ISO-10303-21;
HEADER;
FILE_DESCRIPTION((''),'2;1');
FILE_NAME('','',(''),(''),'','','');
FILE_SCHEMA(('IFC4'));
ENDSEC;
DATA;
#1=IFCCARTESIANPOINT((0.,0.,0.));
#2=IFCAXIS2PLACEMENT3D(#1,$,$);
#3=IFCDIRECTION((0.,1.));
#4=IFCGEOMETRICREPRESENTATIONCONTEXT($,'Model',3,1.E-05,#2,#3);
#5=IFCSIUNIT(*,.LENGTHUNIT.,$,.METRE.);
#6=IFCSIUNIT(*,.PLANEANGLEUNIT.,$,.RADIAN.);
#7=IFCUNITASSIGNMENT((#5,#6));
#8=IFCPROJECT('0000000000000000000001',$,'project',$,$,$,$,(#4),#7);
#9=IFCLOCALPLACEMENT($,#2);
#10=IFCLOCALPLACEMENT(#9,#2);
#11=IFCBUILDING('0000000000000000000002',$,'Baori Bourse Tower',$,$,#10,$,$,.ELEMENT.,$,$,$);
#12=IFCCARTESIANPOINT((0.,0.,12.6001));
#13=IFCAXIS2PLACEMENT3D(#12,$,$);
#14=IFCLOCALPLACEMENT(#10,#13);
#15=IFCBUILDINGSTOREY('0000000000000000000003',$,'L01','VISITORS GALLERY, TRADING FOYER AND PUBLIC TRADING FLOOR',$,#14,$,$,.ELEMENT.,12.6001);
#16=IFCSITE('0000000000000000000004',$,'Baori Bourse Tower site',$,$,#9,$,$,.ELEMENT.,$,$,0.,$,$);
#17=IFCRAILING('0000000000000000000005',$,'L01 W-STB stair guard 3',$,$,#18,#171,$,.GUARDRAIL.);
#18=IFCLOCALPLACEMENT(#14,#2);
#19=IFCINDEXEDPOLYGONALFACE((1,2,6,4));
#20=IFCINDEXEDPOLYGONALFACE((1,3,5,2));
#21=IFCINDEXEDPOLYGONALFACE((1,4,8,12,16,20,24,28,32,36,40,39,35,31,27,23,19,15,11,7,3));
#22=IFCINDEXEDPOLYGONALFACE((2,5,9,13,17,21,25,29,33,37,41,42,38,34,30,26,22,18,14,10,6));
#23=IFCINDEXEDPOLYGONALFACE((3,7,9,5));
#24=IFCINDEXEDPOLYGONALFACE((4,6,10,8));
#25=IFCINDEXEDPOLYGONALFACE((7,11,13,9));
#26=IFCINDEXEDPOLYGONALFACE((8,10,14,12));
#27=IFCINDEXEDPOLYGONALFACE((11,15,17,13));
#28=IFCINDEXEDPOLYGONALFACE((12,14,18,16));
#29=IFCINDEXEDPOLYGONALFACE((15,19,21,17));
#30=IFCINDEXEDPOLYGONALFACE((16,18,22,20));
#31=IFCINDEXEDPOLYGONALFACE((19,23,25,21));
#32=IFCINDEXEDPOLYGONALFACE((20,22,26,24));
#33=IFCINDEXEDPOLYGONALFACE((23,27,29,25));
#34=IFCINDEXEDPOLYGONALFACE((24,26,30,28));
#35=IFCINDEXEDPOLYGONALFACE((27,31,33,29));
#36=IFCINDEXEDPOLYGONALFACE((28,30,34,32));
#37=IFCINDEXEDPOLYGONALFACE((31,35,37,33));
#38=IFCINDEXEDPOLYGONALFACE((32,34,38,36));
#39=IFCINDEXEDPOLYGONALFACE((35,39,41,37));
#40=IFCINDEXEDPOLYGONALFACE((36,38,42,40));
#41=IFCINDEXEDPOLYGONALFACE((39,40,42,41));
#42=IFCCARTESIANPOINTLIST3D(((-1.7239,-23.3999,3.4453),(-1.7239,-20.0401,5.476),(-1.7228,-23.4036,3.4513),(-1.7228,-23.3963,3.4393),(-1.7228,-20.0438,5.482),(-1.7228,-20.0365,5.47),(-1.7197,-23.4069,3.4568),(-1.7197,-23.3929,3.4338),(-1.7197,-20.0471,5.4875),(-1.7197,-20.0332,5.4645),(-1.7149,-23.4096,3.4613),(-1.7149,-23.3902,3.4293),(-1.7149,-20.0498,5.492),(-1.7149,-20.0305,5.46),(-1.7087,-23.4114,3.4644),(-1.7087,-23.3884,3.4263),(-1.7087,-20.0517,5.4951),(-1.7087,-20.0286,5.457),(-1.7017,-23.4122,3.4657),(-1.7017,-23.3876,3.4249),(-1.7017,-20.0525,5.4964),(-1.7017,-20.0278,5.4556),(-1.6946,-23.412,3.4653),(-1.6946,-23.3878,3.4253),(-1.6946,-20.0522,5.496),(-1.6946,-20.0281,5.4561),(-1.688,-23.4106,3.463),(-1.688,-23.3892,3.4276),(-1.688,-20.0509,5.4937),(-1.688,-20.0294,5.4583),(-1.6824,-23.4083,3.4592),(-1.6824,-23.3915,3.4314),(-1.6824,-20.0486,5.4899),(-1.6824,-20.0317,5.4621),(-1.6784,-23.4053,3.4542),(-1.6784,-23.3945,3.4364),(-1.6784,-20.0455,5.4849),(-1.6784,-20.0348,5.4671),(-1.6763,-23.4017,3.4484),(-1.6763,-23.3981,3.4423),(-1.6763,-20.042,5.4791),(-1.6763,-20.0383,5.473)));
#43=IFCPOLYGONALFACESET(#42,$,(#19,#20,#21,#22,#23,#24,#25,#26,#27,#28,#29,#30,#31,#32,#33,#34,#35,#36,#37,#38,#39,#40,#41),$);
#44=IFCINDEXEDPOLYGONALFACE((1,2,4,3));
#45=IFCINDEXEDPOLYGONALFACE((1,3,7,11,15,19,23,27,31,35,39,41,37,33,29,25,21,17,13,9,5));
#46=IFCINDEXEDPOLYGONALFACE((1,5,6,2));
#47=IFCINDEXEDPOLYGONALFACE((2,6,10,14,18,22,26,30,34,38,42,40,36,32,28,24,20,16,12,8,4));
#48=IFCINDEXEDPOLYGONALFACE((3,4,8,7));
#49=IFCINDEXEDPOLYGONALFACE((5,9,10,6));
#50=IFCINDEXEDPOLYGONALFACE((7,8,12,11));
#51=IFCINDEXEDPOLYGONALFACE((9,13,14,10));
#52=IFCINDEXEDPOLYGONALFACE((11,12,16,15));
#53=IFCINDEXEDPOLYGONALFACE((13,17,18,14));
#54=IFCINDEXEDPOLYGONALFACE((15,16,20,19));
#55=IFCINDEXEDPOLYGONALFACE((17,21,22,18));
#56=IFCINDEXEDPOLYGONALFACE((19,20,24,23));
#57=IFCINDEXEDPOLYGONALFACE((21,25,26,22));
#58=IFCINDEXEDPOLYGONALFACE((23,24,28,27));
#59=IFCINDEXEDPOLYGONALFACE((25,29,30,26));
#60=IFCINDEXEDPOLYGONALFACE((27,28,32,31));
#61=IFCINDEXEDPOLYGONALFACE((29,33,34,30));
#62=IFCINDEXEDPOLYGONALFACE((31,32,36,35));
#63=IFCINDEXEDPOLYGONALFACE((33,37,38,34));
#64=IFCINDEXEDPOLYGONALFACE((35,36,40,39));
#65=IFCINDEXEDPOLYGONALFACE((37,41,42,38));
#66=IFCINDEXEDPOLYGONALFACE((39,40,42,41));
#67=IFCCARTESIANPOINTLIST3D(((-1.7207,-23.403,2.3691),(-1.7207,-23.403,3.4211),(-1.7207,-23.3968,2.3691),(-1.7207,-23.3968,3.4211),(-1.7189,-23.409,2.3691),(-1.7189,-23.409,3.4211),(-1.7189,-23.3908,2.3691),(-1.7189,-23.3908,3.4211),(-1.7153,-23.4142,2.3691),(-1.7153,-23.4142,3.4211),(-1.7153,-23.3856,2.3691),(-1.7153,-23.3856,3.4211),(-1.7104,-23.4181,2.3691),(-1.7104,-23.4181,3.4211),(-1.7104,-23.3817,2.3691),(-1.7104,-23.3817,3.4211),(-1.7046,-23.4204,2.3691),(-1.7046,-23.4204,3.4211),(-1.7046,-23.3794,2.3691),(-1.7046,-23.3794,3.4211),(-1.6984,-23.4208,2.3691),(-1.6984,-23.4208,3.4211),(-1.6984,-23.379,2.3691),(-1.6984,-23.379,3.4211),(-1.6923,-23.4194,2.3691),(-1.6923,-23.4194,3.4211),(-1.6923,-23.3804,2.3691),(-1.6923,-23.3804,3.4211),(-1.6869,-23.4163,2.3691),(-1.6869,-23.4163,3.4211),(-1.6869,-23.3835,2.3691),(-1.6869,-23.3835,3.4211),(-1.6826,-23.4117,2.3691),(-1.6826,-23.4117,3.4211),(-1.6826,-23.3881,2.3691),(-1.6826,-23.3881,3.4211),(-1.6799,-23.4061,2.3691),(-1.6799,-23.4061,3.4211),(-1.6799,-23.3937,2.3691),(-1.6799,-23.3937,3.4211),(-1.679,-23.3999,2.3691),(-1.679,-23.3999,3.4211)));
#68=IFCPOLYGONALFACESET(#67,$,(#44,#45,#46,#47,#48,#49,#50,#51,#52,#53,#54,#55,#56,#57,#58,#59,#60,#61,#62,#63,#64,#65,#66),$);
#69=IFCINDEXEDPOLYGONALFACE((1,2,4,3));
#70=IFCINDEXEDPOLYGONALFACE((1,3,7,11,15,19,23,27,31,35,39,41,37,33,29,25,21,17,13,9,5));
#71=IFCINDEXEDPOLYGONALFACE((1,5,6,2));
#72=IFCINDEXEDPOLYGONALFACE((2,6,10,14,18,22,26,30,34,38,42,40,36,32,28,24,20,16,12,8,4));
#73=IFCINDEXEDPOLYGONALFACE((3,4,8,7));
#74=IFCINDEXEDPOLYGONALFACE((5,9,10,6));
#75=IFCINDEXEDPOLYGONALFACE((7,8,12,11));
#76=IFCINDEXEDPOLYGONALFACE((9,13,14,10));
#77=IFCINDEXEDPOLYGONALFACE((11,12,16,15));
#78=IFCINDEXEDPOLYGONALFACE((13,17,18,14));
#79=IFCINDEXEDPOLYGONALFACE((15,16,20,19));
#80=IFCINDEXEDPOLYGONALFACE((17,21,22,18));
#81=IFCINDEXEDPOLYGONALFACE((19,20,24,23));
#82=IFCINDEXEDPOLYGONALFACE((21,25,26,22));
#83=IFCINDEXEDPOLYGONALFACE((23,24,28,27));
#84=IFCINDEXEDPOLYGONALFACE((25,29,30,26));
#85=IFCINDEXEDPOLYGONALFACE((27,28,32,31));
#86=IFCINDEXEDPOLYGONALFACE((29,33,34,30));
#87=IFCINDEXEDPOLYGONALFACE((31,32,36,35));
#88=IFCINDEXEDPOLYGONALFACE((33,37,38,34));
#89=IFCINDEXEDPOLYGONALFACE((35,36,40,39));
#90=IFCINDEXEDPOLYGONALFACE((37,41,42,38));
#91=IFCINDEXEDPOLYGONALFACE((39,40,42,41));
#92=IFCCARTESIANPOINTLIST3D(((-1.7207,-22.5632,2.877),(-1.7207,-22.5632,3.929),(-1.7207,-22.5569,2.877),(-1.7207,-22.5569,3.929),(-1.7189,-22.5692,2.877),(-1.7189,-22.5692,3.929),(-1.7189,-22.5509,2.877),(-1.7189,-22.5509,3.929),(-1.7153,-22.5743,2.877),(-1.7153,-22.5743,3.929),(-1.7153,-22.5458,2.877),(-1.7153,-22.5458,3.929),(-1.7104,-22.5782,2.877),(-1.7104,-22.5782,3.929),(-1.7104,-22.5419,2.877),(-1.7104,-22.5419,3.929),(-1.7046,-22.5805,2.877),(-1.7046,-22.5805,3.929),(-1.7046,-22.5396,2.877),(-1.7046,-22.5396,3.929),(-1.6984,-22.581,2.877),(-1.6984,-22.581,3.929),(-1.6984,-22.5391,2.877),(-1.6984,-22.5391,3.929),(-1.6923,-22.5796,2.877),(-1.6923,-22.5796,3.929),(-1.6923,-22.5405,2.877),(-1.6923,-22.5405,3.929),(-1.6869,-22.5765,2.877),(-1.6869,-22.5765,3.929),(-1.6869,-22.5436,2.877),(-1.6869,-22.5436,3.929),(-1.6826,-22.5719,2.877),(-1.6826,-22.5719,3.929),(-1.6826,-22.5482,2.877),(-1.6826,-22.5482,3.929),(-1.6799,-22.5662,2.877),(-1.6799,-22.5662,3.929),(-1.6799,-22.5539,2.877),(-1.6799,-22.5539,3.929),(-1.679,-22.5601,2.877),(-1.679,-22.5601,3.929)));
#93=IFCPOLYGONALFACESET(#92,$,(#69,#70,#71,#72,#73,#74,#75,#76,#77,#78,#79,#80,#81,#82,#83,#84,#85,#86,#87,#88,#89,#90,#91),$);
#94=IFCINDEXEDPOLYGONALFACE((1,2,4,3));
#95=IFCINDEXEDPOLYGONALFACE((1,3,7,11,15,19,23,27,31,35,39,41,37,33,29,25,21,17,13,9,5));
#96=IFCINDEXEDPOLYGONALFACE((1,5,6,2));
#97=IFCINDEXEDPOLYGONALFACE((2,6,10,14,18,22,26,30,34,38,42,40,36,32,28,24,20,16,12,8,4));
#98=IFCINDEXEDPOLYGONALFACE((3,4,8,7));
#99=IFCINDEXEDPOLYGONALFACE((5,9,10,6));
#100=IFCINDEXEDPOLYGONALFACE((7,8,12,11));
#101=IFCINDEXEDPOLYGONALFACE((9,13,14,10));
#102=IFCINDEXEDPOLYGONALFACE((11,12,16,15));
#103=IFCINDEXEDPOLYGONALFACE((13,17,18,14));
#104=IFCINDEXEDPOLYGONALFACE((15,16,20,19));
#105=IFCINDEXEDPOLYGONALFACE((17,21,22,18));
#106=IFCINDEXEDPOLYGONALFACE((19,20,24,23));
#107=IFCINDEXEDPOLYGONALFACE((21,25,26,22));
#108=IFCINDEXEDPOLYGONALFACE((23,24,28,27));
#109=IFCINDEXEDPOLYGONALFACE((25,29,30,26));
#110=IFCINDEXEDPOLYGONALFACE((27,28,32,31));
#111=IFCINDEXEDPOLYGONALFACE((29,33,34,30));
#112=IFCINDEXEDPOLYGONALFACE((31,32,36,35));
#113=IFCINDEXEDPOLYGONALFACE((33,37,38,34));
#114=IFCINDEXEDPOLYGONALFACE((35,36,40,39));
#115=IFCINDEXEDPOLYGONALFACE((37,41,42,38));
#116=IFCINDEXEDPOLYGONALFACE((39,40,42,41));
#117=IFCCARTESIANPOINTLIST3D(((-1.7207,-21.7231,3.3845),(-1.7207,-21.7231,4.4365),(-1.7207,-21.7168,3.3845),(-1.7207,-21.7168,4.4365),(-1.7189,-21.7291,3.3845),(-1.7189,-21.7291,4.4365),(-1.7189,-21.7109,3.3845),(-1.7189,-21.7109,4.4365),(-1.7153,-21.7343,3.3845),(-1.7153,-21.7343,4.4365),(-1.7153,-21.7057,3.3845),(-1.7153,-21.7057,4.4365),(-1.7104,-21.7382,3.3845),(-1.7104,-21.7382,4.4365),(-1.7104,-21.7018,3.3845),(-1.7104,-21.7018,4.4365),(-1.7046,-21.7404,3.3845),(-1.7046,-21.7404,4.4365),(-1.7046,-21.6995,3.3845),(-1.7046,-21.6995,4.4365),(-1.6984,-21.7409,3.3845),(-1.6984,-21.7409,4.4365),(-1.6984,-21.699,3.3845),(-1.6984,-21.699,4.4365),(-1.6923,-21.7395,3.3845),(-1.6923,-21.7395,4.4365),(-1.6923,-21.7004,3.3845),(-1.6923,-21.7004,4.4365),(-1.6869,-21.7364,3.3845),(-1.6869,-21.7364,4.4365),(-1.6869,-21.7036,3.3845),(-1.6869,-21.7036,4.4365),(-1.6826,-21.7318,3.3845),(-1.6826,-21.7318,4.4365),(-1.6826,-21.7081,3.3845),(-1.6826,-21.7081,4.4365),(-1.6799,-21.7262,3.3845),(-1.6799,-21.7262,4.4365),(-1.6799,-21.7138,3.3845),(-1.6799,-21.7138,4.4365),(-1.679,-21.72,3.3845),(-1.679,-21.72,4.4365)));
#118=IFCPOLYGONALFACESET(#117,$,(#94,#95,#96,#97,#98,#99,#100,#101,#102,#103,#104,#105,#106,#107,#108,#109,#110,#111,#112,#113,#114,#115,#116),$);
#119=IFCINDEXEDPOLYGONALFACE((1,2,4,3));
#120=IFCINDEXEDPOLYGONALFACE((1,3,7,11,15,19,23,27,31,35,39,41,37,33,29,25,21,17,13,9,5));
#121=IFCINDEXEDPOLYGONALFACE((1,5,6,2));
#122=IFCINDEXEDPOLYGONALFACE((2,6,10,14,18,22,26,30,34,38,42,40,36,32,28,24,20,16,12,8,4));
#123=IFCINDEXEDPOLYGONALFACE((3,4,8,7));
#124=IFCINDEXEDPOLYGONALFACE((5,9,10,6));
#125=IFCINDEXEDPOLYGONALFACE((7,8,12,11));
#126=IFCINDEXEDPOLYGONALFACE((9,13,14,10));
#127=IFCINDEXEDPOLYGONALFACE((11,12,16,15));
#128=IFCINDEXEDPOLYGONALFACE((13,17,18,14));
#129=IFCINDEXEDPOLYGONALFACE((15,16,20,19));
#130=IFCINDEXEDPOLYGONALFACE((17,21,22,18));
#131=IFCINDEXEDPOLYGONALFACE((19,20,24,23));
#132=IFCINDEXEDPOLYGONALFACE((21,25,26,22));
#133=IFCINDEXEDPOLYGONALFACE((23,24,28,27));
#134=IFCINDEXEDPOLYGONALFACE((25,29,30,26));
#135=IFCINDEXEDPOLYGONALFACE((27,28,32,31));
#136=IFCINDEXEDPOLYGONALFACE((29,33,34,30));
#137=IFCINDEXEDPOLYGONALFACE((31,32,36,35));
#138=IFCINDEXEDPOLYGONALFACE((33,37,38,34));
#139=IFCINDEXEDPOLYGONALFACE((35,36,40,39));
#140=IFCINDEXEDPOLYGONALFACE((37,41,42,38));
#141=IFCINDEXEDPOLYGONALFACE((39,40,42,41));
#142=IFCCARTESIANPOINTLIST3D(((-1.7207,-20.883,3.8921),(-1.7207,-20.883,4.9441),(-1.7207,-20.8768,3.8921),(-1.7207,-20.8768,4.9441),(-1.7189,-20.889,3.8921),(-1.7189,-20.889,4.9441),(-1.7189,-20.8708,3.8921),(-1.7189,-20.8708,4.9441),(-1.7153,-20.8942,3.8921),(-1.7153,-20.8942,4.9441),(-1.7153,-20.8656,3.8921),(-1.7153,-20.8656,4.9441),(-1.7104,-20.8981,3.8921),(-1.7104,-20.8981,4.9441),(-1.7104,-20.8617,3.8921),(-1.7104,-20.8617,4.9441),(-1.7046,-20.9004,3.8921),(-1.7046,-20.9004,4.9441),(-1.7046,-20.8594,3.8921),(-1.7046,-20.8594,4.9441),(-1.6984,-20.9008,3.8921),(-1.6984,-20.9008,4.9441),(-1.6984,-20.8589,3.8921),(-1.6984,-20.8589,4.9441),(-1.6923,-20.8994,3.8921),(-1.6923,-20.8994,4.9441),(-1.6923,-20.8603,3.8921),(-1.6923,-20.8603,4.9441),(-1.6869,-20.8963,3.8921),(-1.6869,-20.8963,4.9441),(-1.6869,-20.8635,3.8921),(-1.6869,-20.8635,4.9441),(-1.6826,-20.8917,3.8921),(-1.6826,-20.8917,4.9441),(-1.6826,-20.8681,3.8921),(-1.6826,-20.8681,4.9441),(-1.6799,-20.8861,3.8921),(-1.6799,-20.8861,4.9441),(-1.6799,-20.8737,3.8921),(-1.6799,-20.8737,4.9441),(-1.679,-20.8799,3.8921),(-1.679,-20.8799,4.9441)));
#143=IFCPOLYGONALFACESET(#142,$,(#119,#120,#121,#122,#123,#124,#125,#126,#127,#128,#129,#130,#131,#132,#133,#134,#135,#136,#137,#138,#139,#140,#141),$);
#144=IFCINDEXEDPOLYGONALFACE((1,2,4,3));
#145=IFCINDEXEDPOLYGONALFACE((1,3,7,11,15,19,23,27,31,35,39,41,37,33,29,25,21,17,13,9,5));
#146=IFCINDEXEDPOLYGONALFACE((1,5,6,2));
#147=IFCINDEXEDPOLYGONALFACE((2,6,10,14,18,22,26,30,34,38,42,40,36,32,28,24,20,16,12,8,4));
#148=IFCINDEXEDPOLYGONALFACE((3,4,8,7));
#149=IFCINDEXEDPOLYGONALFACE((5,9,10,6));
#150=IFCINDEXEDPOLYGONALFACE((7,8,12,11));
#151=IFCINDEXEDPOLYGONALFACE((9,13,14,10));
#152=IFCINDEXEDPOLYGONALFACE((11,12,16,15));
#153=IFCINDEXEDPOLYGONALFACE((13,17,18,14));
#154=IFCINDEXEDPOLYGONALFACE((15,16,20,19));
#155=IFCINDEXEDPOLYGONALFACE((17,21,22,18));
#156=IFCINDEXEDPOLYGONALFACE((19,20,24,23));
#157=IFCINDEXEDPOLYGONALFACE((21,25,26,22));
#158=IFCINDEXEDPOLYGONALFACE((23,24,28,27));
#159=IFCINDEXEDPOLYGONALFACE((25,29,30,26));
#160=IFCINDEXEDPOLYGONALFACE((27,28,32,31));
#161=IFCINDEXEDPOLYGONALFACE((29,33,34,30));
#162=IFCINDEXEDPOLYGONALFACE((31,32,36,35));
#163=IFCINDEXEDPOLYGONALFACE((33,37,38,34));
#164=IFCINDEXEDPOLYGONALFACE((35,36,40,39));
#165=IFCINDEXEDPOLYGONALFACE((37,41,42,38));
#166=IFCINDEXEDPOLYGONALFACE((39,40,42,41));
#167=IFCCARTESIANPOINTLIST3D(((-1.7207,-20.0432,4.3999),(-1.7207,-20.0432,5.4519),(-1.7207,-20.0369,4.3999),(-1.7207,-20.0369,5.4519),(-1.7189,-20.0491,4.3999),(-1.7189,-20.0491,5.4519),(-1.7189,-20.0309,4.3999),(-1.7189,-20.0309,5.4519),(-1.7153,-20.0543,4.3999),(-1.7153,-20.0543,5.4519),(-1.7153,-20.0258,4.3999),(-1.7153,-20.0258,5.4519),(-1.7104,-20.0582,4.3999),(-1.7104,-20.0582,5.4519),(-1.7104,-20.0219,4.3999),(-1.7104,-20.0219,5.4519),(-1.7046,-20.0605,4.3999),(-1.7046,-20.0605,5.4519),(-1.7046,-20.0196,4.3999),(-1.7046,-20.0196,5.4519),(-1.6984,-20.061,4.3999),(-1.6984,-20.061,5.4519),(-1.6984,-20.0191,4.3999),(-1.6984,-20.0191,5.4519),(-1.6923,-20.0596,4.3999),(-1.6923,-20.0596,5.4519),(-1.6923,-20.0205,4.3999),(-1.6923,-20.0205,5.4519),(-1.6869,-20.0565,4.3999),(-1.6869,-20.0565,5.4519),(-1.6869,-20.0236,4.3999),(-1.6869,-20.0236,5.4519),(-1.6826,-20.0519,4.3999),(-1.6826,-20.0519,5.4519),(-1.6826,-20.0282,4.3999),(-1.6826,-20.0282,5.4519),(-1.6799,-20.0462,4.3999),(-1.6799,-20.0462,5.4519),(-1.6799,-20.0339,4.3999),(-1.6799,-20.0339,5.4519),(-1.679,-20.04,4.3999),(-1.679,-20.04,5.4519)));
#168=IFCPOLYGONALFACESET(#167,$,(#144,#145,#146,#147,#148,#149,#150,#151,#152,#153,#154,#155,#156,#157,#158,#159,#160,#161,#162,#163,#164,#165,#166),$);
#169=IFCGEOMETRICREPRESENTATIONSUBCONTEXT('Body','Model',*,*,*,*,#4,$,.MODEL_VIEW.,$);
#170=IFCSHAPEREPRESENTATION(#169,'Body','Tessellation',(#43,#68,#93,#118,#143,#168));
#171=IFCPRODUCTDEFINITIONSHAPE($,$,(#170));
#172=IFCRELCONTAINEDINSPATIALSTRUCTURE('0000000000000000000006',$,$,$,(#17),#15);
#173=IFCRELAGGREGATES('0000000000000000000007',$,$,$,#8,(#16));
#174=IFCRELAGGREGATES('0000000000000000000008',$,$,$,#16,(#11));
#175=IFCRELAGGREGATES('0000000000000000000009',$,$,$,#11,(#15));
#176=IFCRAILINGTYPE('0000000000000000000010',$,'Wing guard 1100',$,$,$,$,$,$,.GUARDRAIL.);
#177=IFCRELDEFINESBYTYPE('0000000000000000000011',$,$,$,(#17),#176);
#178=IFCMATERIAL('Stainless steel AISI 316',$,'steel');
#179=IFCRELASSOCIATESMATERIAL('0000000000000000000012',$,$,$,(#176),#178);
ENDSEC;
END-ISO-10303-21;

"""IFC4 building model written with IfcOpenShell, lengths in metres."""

from ifc_helpers import new_model, si_unit, direction, frame, origin, origin_2d, place, context, subcontext, project, spatial, circle, extrude, material, type_object, element, save


model = new_model("IFC4")

# Units and contexts
model_context = context("Model", 3, precision=1e-05, world=origin(), true_north=direction((0.0, 1.0)))
body_context = subcontext(model_context, "Body", "Model", "MODEL_VIEW")
ifc_project = project(units=[si_unit("LENGTHUNIT", "METRE"), si_unit("PLANEANGLEUNIT", "RADIAN")], contexts=[model_context])

# Site, building, storey
site_placement = place(None, origin())
site = spatial("IfcSite", under=ifc_project, at=site_placement, Name="Baori Bourse Tower site", CompositionType="ELEMENT", RefElevation=0.0)
building_placement = place(site_placement, origin())
building = spatial("IfcBuilding", under=site, at=building_placement, Name="Baori Bourse Tower", CompositionType="ELEMENT")
storey_placement = place(building_placement, frame((0.0, 0.0, 12.6001)))
storey = spatial("IfcBuildingStorey", under=building, at=storey_placement, Name="L01", Description="VISITORS GALLERY, TRADING FOYER AND PUBLIC TRADING FLOOR", CompositionType="ELEMENT", Elevation=12.6001)

# Railing
ifc_material_1 = material(Name="Stainless steel AISI 316", Category="steel")
railing_type_1 = type_object("IfcRailingType", Name="Wing guard 1100", PredefinedType="GUARDRAIL", material=ifc_material_1)
railing_1_placement = place(storey_placement, frame((-1.7, -23.3999, 2.3691)))
element("IfcRailing", 1, at=railing_1_placement, inside=storey, type_object=railing_type_1, Name="L01 W-STB stair guard 3", PredefinedType="GUARDRAIL", context=body_context, shape_type="SweptSolid", body=[
    extrude(circle(Radius=0.0239, at=origin_2d()), frame((0.0, 0.0, 1.0762), z_axis=(0.0, 0.85582, 0.517273), x_axis=(-1.0, 0.0, 0.0)), (0.0, 0.0, 1.0), 3.9258),
    extrude(circle(Radius=0.021, at=origin_2d()), origin(), (0.0, 0.0, 1.0), 1.052),
    extrude(circle(Radius=0.021, at=origin_2d()), frame((0.0, 0.8398, 0.5078)), (0.0, 0.0, 1.0), 1.052),
    extrude(circle(Radius=0.021, at=origin_2d()), frame((0.0, 1.6799, 1.0154)), (0.0, 0.0, 1.0), 1.052),
    extrude(circle(Radius=0.021, at=origin_2d()), frame((0.0, 2.52, 1.5229)), (0.0, 0.0, 1.0), 1.052),
    extrude(circle(Radius=0.021, at=origin_2d()), frame((0.0, 3.3599, 2.0308)), (0.0, 0.0, 1.0), 1.052),
])

save(model, "model.ifc")
